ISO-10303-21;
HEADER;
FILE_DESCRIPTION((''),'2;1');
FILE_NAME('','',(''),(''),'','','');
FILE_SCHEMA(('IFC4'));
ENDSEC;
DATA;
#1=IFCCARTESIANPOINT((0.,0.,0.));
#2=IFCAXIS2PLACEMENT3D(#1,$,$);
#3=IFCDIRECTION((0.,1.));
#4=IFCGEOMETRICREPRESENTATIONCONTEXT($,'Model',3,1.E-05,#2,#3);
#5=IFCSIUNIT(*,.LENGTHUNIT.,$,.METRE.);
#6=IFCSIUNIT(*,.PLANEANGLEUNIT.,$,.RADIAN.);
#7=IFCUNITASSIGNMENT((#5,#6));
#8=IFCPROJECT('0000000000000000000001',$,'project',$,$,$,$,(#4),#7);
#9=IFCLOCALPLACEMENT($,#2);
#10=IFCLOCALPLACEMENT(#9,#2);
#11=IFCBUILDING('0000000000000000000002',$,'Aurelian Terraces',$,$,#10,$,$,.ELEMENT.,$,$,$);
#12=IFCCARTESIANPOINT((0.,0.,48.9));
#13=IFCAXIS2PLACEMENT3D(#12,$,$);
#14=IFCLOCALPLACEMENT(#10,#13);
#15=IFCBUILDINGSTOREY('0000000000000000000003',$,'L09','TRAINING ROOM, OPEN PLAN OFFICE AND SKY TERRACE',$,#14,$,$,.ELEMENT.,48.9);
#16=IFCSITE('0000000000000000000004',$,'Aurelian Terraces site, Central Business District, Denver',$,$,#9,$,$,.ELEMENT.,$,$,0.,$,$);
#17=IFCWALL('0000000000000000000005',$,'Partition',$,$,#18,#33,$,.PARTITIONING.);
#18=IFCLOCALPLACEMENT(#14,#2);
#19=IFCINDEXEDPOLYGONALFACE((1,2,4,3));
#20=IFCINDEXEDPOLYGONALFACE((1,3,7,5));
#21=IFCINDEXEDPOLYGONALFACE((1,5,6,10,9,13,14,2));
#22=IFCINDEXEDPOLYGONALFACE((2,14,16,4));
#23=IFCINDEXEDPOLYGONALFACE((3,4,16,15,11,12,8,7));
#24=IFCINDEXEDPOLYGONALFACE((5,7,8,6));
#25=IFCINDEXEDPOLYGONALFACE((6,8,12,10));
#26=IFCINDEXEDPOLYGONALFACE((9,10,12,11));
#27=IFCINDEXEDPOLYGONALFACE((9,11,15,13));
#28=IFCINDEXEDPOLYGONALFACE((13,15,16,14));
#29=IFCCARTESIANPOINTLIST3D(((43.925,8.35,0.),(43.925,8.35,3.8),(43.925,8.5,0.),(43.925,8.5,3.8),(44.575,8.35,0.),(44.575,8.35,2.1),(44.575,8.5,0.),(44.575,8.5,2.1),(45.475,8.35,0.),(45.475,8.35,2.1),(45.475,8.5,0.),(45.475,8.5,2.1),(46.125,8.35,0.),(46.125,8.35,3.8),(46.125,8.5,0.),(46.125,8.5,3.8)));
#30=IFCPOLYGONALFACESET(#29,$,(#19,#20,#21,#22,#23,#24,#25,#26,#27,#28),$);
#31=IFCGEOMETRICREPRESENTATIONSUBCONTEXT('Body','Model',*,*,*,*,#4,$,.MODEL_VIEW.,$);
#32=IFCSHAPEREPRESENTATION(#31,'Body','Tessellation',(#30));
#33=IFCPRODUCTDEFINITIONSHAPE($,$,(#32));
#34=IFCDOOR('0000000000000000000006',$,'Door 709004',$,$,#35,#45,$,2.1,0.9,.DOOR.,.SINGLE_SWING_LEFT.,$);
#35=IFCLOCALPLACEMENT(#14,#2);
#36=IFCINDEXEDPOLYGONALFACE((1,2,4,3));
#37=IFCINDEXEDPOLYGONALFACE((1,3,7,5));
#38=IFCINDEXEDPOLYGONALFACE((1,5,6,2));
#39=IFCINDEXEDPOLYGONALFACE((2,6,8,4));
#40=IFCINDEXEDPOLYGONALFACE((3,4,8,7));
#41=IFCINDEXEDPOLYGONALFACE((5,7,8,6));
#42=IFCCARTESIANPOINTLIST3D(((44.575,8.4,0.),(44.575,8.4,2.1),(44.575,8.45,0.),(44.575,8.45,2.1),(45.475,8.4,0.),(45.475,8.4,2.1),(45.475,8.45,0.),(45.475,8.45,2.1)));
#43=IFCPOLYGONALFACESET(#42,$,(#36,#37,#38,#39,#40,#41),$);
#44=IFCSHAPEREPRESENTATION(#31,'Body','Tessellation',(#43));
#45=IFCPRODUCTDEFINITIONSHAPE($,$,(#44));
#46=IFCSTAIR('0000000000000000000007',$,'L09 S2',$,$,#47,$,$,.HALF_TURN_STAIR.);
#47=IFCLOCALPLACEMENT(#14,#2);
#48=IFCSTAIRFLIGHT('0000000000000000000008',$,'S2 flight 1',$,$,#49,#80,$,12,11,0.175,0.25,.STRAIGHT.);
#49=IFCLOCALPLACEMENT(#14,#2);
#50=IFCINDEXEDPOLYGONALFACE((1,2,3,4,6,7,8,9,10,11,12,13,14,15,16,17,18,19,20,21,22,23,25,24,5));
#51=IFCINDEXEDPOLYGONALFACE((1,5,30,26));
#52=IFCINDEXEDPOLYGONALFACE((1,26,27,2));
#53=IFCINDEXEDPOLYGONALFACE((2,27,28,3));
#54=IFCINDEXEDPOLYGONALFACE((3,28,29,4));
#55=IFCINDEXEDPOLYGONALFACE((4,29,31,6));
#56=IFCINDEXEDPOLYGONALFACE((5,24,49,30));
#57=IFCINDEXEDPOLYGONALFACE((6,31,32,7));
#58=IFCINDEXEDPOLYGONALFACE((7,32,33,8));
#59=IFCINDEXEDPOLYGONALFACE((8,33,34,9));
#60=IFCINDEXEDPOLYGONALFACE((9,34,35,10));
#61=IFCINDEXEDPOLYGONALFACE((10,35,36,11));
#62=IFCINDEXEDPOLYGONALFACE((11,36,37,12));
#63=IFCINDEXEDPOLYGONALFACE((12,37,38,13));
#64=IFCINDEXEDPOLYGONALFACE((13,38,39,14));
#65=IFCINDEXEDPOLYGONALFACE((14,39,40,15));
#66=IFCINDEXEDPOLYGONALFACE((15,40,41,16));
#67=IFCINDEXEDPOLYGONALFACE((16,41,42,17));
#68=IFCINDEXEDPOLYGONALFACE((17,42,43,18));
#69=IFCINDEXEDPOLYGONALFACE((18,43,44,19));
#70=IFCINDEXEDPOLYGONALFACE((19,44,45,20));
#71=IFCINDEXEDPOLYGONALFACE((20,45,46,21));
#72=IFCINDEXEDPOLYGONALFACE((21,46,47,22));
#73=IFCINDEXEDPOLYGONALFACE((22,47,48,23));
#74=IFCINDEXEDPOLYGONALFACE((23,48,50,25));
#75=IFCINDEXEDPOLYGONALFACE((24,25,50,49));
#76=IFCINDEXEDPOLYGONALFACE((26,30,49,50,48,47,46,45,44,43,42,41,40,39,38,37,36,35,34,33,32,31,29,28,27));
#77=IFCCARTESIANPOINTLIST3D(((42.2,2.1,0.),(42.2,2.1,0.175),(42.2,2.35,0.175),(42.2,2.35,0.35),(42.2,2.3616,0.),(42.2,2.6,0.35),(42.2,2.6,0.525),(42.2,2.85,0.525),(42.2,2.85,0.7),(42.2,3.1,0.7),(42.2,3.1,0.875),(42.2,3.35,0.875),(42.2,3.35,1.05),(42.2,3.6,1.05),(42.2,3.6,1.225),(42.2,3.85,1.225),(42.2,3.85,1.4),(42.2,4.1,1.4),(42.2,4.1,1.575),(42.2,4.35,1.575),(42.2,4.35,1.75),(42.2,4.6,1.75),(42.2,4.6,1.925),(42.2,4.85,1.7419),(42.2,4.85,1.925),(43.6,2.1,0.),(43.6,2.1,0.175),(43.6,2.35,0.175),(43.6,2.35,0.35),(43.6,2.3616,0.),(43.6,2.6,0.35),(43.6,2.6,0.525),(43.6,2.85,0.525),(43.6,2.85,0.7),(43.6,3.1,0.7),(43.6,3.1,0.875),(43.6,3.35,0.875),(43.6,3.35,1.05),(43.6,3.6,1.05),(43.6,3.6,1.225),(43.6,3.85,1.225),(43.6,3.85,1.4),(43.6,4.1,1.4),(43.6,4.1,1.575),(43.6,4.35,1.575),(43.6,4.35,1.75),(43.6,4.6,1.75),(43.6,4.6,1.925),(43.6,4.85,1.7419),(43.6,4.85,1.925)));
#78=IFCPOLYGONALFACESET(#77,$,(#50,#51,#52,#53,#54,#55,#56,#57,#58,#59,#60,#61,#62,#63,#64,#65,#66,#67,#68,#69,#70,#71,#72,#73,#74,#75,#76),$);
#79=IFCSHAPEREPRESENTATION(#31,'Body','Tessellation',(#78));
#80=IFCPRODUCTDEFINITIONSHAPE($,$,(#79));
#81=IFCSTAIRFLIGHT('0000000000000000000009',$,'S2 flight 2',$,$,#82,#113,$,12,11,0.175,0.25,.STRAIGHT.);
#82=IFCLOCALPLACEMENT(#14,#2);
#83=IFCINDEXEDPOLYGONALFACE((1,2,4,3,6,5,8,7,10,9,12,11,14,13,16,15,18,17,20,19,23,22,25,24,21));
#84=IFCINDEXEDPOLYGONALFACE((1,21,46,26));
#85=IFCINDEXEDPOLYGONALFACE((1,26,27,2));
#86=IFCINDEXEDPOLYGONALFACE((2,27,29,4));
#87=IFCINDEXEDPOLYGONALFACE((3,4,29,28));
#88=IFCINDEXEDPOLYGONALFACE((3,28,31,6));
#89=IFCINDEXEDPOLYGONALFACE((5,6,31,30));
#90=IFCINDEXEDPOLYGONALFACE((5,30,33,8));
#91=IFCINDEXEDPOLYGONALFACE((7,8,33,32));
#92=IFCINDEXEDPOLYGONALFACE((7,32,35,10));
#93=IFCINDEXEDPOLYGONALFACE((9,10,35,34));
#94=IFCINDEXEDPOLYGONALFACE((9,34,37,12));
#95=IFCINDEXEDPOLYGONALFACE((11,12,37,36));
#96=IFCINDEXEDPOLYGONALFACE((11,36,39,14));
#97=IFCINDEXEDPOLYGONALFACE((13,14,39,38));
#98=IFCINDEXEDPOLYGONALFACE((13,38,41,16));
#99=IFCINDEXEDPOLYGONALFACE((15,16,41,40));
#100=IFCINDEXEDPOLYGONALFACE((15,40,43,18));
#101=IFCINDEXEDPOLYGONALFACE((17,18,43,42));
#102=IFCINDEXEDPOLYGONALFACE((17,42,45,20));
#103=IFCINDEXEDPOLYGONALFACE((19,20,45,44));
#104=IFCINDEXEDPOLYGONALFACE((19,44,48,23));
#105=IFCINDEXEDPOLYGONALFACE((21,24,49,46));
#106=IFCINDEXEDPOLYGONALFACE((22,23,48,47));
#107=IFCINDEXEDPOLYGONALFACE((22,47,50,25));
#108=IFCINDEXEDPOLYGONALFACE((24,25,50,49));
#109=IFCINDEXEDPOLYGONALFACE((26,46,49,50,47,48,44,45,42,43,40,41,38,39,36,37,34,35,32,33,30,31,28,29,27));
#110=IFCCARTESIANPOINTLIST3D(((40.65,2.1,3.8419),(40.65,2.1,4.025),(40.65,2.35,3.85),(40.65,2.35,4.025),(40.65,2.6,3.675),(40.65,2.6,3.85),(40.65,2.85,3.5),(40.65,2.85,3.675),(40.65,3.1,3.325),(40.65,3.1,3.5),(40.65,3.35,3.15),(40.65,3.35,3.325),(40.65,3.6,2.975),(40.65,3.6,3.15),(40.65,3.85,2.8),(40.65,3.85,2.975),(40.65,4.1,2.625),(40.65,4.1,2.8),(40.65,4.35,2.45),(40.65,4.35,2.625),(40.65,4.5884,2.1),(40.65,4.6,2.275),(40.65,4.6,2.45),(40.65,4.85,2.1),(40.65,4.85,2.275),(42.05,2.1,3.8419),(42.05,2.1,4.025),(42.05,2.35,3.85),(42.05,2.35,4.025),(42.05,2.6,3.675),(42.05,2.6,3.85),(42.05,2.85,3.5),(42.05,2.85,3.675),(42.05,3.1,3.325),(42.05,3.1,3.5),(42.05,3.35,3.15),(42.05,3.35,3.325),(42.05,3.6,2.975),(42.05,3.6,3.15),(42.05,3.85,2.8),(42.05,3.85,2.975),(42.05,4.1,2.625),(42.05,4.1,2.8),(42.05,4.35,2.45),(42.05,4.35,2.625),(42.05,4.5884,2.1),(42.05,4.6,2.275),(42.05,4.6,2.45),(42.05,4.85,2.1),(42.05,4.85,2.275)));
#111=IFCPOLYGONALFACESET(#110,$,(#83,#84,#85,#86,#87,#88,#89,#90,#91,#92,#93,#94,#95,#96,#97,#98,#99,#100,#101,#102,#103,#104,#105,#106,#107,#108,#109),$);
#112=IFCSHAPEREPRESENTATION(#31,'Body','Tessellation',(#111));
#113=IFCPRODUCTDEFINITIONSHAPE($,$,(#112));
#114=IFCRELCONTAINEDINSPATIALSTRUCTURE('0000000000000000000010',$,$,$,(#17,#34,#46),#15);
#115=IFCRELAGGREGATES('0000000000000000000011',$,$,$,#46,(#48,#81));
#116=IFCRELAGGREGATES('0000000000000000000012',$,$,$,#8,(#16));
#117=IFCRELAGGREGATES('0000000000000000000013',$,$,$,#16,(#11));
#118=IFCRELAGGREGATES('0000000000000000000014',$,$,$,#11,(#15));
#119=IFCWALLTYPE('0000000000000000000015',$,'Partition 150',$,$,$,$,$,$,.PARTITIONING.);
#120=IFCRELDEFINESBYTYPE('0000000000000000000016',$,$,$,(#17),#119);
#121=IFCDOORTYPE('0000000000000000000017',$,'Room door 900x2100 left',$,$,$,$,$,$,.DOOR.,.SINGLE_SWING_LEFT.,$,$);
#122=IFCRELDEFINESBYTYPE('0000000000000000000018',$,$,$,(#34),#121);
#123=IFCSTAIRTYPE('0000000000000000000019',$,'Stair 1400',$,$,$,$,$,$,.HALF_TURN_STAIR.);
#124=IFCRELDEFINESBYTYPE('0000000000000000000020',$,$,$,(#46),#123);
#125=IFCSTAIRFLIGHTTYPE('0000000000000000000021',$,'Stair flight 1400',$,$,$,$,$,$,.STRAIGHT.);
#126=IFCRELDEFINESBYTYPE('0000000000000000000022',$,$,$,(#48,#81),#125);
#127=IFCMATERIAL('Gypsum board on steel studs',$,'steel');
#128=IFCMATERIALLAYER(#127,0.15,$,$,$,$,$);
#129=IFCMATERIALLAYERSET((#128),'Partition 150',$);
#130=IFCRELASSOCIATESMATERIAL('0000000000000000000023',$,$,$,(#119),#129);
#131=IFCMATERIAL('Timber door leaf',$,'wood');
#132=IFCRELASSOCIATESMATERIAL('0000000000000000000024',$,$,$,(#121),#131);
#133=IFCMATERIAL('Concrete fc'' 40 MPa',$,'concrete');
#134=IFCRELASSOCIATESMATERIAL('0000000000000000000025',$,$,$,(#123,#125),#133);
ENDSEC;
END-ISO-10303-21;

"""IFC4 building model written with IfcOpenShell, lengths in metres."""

from ifc_helpers import new_model, si_unit, direction, frame, frame_2d, origin, place, context, subcontext, project, spatial, polyline, rectangle, outline, extrude, source, transform, mapped, material, layer, layer_set, type_object, element, fill, aggregate, save


model = new_model("IFC4")

# Units and contexts
model_context = context("Model", 3, precision=1e-05, world=origin(), true_north=direction((0.0, 1.0)))
body_context = subcontext(model_context, "Body", "Model", "MODEL_VIEW")
ifc_project = project(units=[si_unit("LENGTHUNIT", "METRE"), si_unit("PLANEANGLEUNIT", "RADIAN")], contexts=[model_context])

# Site, building, storey
site_placement = place(None, origin())
site = spatial("IfcSite", under=ifc_project, at=site_placement, Name="Aurelian Terraces site, Central Business District, Denver", CompositionType="ELEMENT", RefElevation=0.0)
building_placement = place(site_placement, origin())
building = spatial("IfcBuilding", under=site, at=building_placement, Name="Aurelian Terraces", CompositionType="ELEMENT")
storey_placement = place(building_placement, frame((0.0, 0.0, 48.9)))
storey = spatial("IfcBuildingStorey", under=building, at=storey_placement, Name="L09", Description="TRAINING ROOM, OPEN PLAN OFFICE AND SKY TERRACE", CompositionType="ELEMENT", Elevation=48.9)

# Shared definitions
ifc_material_1 = material(Name="Concrete fc' 40 MPa", Category="concrete")

# Shared definitions
ifc_material_2 = material(Name="Timber door leaf", Category="wood")

# Shared definitions
ifc_material_3 = material(Name="Gypsum board on steel studs", Category="steel")
ifc_layer_1 = layer(ifc_material_3, 0.15)
ifc_layer_set_1 = layer_set([ifc_layer_1], Name="Partition 150")
wall_type_1 = type_object("IfcWallType", Name="Partition 150", PredefinedType="PARTITIONING", material=ifc_layer_set_1)

# Wall, opening, door
shared_shape_1 = source(origin(), body_context, "Body", "SweptSolid", [
    extrude(rectangle(XDim=2.2, YDim=0.15, at=frame_2d((1.1, 0.0))), origin(), (0.0, 0.0, 1.0), 3.8),
])
wall_1_placement = place(storey_placement, frame((46.125, 8.425, 0.0), z_axis=(0.0, 0.0, 1.0), x_axis=(-1.0, 0.0, 0.0)))
wall_1 = element("IfcWall", 1, at=wall_1_placement, inside=storey, type_object=wall_type_1, Name="Partition", PredefinedType="PARTITIONING", context=body_context, shape_type="MappedRepresentation", body=[
    mapped(shared_shape_1, transform((0.0, 0.0, 0.0), scale=1.0)),
])
shared_shape_2 = source(origin(), body_context, "Body", "SweptSolid", [
    extrude(rectangle(XDim=0.9, YDim=2.1, at=frame_2d((0.45, 1.05))), frame((0.0, 0.085, 0.0), z_axis=(0.0, -1.0, 0.0), x_axis=(1.0, 0.0, 0.0)), (0.0, 0.0, 1.0), 0.17),
])
opening_1_placement = place(wall_1_placement, frame((0.65, 0.0, 0.0)))
opening_1 = element("IfcOpeningElement", 2, at=opening_1_placement, cuts=wall_1, PredefinedType="OPENING", context=body_context, shape_type="MappedRepresentation", body=[
    mapped(shared_shape_2, transform((0.0, 0.0, 0.0), scale=1.0)),
])
door_type_1 = type_object("IfcDoorType", Name="Room door 900x2100 left", OperationType="SINGLE_SWING_LEFT", PredefinedType="DOOR", material=ifc_material_2)
shared_shape_3 = source(origin(), body_context, "Body", "SweptSolid", [
    extrude(rectangle(XDim=0.9, YDim=2.1, at=frame_2d((0.45, 1.05))), frame((0.0, 0.025, 0.0), z_axis=(0.0, -1.0, 0.0), x_axis=(1.0, 0.0, 0.0)), (0.0, 0.0, 1.0), 0.05),
])
door_1_placement = place(opening_1_placement, origin())
door_1 = element("IfcDoor", 3, at=door_1_placement, inside=storey, type_object=door_type_1, Name="Door 709004", OperationType="SINGLE_SWING_LEFT", OverallHeight=2.1, OverallWidth=0.9, PredefinedType="DOOR", context=body_context, shape_type="MappedRepresentation", body=[
    mapped(shared_shape_3, transform((0.0, 0.0, 0.0), scale=1.0)),
])
fill(opening_1, door_1)

# Stair, stair flights
stair_type = type_object("IfcStairType", Name="Stair 1400", PredefinedType="HALF_TURN_STAIR", material=ifc_material_1)
stair_placement = place(storey_placement, origin())
stair = element("IfcStair", 4, at=stair_placement, inside=storey, type_object=stair_type, Name="L09 S2", PredefinedType="HALF_TURN_STAIR")
stair_flight_type = type_object("IfcStairFlightType", Name="Stair flight 1400", PredefinedType="STRAIGHT", material=ifc_material_1)
shared_shape_4 = source(origin(), body_context, "Body", "SweptSolid", [
    extrude(outline(polyline([(0.0, 0.0), (0.0, 0.175), (0.25, 0.175), (0.25, 0.35), (0.5, 0.35), (0.5, 0.525), (0.75, 0.525), (0.75, 0.7), (1.0, 0.7), (1.0, 0.875), (1.25, 0.875), (1.25, 1.05), (1.5, 1.05), (1.5, 1.225), (1.75, 1.225), (1.75, 1.4), (2.0, 1.4), (2.0, 1.575), (2.25, 1.575), (2.25, 1.75), (2.5, 1.75), (2.5, 1.925), (2.75, 1.925), (2.75, 2.1), (2.75, 1.7419), (0.2616, 0.0), (0.0, 0.0)])), frame((0.0, 0.7, 0.0), z_axis=(0.0, -1.0, 0.0), x_axis=(1.0, 0.0, 0.0)), (0.0, 0.0, 1.0), 1.4),
])
stair_flight_1_placement = place(storey_placement, frame((42.9, 2.1, 0.0), z_axis=(0.0, 0.0, 1.0), x_axis=(0.0, 1.0, 0.0)))
stair_flight_1 = element("IfcStairFlight", 5, at=stair_flight_1_placement, type_object=stair_flight_type, Name="S2 flight 1", NumberOfRisers=12, NumberOfTreads=11, PredefinedType="STRAIGHT", RiserHeight=0.175, TreadLength=0.25, context=body_context, shape_type="MappedRepresentation", body=[
    mapped(shared_shape_4, transform((0.0, 0.0, 0.0), scale=1.0)),
])
stair_flight_2_placement = place(storey_placement, frame((41.35, 4.85, 2.1), z_axis=(0.0, 0.0, 1.0), x_axis=(0.0, -1.0, 0.0)))
stair_flight_2 = element("IfcStairFlight", 6, at=stair_flight_2_placement, type_object=stair_flight_type, Name="S2 flight 2", NumberOfRisers=12, NumberOfTreads=11, PredefinedType="STRAIGHT", RiserHeight=0.175, TreadLength=0.25, context=body_context, shape_type="MappedRepresentation", body=[
    mapped(shared_shape_4, transform((0.0, 0.0, 0.0), scale=1.0)),
])
aggregate(stair, [stair_flight_1, stair_flight_2])

save(model, "model.ifc")
